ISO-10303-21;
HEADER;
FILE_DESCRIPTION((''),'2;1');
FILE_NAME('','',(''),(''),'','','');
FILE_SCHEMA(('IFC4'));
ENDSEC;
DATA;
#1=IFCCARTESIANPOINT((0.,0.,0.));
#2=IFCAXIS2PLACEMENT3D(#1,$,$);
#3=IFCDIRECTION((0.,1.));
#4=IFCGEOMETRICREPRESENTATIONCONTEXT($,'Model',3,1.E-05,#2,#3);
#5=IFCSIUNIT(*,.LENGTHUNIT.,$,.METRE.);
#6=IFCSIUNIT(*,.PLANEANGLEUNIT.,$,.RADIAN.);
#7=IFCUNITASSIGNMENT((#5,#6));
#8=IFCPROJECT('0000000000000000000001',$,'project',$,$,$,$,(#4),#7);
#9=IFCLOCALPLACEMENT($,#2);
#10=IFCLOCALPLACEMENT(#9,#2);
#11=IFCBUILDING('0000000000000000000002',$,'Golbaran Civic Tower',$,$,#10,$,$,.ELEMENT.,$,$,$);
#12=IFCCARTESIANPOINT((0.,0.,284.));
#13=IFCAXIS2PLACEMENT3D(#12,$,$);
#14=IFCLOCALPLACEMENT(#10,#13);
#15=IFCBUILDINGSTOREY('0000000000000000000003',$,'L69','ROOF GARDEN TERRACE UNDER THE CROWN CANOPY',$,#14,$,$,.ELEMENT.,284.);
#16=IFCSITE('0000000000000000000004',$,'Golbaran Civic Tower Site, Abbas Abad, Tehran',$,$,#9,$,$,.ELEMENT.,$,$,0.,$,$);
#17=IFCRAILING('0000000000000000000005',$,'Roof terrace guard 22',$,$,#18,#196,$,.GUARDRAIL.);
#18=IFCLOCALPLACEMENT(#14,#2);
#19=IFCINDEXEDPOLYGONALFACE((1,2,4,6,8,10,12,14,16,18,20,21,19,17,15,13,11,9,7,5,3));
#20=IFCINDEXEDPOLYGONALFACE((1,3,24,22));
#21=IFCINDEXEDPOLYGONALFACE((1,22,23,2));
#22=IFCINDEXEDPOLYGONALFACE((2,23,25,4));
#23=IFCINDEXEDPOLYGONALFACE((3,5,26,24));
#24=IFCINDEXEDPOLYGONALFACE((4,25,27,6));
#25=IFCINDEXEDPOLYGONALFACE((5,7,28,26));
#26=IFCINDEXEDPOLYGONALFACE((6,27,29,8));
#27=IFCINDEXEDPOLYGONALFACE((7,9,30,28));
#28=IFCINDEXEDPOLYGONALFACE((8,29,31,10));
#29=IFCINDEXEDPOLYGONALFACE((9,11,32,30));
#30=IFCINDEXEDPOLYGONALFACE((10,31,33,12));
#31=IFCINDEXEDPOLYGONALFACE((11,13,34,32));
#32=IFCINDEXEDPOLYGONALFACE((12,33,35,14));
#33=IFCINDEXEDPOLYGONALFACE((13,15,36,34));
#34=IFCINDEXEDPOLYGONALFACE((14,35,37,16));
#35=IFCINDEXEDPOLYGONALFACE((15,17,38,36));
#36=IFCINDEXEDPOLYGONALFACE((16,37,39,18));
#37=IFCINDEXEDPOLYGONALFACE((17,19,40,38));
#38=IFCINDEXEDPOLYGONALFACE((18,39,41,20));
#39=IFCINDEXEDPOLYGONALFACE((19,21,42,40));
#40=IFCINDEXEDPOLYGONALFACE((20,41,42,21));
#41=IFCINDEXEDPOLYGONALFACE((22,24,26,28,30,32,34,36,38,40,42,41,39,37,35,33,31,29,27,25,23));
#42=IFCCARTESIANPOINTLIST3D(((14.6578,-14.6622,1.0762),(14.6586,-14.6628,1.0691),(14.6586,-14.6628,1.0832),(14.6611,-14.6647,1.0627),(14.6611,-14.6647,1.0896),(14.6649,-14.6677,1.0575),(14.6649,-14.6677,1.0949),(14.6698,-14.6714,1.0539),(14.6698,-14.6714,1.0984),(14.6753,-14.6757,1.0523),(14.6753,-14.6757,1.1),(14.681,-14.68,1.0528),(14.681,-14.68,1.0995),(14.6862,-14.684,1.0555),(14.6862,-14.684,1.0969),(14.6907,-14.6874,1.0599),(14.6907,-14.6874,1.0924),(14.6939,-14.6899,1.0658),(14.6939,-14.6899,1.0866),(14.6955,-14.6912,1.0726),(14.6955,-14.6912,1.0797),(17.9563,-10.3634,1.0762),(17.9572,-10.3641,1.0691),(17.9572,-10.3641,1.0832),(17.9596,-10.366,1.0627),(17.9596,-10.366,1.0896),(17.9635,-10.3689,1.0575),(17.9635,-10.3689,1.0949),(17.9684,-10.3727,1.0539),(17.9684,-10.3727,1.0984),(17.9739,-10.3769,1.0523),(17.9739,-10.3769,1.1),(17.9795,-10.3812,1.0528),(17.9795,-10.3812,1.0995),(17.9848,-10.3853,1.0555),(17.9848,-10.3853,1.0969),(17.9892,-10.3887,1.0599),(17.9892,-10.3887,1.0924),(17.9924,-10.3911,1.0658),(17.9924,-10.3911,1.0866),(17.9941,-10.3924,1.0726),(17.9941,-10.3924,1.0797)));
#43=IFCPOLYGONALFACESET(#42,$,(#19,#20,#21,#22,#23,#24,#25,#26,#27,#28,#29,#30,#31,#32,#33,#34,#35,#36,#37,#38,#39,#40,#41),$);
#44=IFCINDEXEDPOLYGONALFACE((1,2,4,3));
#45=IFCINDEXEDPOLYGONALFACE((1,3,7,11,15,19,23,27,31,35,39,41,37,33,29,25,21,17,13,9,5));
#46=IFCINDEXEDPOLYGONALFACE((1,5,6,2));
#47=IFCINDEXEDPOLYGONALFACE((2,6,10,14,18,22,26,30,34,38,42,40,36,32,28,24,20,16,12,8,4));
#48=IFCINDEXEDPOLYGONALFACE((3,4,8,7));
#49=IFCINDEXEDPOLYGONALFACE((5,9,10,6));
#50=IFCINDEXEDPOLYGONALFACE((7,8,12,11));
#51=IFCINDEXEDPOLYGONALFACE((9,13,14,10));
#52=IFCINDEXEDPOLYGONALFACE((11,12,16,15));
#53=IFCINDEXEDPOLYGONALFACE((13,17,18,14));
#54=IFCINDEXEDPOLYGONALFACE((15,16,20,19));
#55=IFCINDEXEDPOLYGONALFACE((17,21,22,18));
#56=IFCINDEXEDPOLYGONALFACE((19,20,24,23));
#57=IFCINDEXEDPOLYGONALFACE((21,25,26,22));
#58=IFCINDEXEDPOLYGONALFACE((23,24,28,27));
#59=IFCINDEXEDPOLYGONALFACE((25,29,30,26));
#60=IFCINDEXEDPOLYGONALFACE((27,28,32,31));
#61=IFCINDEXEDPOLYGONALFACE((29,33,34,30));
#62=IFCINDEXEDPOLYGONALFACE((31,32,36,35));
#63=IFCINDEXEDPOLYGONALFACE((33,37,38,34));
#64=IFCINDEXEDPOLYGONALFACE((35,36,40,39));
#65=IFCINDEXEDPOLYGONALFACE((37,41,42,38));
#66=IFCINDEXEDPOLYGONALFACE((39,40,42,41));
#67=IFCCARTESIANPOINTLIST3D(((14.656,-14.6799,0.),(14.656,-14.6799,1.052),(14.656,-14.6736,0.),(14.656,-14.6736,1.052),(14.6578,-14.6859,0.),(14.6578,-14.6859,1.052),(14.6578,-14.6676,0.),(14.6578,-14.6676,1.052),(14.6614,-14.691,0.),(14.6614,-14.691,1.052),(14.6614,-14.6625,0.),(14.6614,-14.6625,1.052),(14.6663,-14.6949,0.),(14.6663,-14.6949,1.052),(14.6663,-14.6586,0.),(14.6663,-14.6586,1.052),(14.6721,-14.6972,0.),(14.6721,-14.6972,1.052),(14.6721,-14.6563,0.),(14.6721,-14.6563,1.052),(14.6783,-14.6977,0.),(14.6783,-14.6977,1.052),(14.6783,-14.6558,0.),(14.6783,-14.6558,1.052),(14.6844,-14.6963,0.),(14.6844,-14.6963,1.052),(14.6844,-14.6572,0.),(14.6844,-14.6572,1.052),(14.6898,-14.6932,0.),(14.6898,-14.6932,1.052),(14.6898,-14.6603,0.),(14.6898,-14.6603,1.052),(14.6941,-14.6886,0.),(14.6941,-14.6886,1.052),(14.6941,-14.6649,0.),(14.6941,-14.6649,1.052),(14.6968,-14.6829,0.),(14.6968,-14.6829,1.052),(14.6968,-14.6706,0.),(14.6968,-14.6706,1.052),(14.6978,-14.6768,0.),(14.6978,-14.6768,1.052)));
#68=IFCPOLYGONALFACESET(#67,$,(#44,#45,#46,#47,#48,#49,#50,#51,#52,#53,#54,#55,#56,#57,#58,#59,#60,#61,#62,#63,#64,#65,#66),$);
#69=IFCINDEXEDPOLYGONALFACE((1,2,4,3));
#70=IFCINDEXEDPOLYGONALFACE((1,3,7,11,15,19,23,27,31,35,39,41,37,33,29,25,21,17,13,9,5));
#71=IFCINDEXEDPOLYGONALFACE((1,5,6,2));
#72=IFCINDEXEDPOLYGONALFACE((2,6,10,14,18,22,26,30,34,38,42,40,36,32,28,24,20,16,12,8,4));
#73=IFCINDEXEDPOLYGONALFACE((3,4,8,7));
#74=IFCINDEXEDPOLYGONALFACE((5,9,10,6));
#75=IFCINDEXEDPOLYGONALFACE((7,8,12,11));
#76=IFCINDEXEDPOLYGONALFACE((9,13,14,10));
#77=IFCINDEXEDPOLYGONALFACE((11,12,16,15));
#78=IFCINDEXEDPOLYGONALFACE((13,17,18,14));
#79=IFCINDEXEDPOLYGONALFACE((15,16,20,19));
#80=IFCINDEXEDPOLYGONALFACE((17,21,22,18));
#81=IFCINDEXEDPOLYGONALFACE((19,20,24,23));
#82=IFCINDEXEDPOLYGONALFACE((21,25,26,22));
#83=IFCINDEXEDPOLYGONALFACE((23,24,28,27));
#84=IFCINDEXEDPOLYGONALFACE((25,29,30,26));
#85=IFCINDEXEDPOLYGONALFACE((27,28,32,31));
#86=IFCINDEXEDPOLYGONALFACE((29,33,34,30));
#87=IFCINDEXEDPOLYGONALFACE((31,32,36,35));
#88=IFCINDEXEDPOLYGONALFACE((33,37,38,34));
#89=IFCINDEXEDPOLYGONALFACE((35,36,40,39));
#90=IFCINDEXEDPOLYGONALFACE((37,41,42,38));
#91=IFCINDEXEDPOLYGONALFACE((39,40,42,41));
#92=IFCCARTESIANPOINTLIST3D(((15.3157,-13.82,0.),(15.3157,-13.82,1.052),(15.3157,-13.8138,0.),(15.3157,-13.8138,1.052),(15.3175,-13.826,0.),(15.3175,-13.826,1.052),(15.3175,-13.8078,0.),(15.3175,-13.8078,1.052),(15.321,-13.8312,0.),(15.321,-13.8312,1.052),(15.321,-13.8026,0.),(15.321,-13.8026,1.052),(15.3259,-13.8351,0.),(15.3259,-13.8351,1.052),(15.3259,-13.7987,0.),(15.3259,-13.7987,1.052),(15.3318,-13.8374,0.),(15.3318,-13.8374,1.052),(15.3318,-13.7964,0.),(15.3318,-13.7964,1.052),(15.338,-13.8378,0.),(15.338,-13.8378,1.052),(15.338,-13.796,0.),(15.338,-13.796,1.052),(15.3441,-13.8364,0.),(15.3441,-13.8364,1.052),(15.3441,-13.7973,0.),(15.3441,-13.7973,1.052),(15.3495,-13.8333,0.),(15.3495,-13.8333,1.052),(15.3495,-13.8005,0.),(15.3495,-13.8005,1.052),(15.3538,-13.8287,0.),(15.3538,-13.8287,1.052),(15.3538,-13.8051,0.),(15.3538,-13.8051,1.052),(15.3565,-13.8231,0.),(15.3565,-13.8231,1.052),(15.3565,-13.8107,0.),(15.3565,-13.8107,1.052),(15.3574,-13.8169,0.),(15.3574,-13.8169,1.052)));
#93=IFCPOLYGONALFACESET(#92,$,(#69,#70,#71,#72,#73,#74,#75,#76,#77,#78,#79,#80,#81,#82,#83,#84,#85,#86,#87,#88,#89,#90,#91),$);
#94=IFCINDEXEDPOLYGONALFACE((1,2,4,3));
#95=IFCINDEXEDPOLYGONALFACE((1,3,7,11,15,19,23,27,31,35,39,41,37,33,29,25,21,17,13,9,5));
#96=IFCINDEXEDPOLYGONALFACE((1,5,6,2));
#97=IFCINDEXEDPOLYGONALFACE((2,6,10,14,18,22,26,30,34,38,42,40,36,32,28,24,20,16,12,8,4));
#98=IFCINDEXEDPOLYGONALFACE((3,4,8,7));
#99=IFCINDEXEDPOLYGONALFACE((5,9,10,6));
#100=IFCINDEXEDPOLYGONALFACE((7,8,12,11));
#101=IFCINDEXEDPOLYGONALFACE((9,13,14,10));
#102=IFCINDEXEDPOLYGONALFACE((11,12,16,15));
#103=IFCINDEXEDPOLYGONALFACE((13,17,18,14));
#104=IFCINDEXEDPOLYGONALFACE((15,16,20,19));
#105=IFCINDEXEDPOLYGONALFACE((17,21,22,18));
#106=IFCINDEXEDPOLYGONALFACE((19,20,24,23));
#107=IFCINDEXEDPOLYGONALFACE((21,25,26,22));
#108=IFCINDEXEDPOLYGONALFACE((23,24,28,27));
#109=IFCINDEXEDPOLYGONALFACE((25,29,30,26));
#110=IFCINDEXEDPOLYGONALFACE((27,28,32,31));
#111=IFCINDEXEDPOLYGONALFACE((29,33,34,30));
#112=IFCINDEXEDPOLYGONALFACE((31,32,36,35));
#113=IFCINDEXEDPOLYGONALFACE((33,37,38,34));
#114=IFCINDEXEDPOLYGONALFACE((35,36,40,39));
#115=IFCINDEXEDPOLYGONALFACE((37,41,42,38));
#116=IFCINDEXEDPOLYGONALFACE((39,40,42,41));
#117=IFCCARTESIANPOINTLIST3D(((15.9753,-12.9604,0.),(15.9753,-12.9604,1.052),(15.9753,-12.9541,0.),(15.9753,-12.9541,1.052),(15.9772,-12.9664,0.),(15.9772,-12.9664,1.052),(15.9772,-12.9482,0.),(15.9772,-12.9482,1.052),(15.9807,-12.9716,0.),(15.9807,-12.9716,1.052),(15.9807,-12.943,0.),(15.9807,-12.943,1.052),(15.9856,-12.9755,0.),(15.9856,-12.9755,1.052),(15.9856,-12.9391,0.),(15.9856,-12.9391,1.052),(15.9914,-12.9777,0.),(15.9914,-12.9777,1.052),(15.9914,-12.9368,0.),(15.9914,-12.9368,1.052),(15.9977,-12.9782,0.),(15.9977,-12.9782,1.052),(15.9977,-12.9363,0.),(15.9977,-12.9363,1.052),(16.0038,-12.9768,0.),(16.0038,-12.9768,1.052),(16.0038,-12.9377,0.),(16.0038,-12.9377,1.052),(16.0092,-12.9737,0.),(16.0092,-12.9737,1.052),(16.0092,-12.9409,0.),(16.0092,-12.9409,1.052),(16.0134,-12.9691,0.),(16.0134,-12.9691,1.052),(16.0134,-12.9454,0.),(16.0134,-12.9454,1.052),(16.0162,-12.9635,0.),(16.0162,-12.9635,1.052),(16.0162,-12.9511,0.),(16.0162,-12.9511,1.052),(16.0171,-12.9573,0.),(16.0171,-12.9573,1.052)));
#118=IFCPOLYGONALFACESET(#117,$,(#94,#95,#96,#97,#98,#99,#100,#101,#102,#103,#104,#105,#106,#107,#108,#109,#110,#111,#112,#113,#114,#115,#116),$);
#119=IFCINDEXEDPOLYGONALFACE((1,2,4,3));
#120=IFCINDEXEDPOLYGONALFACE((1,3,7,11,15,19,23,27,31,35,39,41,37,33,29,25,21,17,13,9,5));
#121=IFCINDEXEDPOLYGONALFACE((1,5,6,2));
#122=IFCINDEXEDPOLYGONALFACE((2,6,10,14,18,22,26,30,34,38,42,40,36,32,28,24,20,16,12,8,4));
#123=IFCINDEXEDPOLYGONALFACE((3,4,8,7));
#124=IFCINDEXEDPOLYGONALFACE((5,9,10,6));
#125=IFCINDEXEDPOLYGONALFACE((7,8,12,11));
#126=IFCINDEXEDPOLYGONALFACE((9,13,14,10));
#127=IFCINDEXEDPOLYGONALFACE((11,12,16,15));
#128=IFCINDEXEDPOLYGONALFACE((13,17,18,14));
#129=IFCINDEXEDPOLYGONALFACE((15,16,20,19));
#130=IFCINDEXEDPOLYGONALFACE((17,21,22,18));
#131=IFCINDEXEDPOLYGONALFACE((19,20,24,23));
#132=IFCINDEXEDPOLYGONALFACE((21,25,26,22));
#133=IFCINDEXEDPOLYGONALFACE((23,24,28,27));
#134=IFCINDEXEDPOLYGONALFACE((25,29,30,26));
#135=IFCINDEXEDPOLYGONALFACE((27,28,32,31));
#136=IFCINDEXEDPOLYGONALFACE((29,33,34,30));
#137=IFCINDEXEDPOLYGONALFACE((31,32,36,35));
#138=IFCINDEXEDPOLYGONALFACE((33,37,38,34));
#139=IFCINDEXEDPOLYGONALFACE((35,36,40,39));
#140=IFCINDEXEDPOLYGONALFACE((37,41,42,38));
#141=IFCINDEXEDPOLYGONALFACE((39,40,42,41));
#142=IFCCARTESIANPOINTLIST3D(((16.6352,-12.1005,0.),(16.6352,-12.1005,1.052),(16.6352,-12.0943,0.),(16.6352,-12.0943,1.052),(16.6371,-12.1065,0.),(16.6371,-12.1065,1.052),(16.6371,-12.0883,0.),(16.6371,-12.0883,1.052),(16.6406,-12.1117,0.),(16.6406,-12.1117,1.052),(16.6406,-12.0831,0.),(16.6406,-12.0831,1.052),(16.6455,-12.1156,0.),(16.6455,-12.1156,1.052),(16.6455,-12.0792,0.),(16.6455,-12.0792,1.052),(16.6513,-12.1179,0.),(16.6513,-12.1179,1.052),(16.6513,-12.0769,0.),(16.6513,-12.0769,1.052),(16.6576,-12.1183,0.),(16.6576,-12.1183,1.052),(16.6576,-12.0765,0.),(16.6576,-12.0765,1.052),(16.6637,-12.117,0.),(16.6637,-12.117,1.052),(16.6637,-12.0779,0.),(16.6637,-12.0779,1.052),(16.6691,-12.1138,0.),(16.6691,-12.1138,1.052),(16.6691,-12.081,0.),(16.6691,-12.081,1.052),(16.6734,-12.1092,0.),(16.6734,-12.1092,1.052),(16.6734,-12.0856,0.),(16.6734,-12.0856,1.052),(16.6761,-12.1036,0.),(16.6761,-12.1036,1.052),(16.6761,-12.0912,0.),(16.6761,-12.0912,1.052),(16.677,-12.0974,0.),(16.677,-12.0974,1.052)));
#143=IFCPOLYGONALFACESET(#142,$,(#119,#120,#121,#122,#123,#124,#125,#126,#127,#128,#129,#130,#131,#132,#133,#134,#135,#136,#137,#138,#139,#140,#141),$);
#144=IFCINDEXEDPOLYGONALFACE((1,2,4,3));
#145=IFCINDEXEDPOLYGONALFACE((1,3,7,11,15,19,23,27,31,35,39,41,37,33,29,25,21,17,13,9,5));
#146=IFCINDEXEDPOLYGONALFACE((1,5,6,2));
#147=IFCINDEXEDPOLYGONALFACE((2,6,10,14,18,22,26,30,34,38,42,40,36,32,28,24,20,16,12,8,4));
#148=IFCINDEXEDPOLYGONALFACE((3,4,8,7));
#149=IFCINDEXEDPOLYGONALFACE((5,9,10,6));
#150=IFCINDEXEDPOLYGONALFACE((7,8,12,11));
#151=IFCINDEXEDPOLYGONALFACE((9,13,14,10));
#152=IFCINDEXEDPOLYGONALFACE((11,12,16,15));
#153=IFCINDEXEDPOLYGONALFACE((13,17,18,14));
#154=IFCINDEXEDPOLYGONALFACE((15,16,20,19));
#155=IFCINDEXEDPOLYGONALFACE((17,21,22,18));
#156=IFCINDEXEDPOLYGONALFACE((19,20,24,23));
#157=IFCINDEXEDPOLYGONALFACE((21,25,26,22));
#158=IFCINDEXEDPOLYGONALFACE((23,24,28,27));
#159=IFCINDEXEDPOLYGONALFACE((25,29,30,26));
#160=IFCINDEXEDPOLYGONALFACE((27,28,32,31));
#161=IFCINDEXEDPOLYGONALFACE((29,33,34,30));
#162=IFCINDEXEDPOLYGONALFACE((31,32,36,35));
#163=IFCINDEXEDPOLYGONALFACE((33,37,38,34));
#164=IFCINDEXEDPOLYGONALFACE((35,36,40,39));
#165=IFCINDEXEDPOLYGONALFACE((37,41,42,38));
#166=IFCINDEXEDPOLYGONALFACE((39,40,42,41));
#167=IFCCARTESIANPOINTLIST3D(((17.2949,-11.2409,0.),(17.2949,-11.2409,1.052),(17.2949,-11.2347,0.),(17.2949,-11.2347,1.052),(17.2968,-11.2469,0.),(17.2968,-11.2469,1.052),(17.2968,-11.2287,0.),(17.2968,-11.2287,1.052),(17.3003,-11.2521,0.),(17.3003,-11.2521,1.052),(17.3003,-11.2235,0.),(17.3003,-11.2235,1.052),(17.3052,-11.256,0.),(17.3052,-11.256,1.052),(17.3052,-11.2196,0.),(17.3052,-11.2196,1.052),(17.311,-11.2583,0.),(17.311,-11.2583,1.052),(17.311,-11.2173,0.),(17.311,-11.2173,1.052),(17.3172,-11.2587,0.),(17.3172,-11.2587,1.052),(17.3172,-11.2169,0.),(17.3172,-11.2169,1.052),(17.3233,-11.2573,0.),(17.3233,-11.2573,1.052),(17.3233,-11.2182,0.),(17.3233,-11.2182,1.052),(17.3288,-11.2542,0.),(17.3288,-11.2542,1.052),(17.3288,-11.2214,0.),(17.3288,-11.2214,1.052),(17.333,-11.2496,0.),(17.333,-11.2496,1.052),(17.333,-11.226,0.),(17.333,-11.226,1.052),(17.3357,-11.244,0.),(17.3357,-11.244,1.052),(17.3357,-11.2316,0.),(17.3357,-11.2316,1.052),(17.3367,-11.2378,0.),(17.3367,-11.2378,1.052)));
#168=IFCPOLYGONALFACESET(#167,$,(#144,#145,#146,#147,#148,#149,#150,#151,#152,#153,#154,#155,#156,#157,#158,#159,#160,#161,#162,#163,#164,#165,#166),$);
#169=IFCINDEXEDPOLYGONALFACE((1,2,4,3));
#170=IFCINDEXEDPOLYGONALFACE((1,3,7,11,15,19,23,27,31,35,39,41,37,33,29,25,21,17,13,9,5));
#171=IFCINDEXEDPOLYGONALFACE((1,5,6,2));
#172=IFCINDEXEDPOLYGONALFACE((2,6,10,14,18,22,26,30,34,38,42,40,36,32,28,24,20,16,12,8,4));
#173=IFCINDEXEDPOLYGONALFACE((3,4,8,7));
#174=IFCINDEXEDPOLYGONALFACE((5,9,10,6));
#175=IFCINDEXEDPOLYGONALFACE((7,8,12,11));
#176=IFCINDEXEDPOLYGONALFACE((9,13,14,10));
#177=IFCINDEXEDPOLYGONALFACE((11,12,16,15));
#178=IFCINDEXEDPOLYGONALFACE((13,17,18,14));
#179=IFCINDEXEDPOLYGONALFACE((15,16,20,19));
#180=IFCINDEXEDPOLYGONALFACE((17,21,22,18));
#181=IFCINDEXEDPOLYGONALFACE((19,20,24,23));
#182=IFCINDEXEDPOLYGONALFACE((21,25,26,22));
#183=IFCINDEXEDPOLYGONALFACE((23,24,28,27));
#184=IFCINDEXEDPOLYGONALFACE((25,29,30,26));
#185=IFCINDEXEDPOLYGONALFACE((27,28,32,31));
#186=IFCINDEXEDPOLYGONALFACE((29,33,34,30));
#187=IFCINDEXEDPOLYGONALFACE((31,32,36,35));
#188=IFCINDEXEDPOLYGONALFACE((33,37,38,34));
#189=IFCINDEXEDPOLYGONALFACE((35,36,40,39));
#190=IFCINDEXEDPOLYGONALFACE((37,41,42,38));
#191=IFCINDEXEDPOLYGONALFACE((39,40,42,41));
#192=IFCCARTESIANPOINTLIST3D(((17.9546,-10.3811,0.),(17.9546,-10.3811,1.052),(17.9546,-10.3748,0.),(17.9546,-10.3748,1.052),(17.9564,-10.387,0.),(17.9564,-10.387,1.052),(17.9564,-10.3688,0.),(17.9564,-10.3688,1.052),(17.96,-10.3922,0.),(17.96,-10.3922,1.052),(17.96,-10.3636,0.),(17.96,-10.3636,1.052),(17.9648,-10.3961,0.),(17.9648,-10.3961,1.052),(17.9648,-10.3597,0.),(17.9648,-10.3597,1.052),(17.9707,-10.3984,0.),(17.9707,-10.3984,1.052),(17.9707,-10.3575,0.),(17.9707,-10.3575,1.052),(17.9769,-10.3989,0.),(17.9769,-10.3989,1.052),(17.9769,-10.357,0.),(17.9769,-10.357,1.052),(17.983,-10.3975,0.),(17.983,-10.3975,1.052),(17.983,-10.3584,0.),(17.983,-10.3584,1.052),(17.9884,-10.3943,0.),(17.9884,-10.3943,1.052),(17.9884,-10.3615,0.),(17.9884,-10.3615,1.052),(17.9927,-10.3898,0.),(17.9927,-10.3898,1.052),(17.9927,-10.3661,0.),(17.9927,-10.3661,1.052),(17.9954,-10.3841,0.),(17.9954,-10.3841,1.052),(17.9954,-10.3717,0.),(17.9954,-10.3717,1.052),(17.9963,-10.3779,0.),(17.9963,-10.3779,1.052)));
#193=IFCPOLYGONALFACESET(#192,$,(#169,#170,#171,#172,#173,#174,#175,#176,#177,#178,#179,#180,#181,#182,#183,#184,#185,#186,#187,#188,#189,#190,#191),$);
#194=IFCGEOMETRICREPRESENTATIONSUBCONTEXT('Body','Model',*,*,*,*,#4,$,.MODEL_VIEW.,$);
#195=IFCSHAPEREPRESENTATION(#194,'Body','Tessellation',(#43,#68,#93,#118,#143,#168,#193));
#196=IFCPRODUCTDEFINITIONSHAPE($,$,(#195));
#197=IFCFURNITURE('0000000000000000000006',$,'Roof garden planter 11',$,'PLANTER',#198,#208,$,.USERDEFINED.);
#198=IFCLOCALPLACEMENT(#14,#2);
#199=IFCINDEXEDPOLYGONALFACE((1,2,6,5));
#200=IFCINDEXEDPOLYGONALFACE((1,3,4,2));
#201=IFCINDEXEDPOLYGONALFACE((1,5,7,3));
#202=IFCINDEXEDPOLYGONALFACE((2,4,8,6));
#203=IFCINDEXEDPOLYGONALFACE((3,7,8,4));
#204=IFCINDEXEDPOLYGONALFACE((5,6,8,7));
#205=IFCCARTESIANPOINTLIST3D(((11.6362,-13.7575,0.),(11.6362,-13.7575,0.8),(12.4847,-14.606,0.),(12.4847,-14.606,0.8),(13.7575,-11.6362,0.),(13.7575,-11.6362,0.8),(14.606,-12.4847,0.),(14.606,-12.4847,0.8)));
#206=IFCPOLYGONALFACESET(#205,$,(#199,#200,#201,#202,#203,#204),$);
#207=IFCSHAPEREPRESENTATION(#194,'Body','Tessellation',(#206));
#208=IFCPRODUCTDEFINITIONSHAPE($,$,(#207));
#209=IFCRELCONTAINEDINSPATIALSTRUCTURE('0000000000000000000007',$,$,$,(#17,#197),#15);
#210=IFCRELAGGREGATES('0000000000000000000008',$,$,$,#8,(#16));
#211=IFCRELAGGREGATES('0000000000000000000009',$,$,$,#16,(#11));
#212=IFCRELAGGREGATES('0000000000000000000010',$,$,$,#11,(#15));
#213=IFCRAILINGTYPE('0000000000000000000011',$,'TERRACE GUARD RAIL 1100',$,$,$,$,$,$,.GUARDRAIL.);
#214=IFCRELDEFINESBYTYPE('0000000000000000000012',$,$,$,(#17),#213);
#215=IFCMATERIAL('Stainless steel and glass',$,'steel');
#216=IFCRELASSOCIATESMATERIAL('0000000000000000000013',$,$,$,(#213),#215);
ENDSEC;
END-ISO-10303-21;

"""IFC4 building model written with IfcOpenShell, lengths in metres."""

from ifc_helpers import new_model, si_unit, direction, frame, origin, origin_2d, place, context, subcontext, project, spatial, rectangle, circle, extrude, material, type_object, element, save


model = new_model("IFC4")

# Units and contexts
model_context = context("Model", 3, precision=1e-05, world=origin(), true_north=direction((0.0, 1.0)))
body_context = subcontext(model_context, "Body", "Model", "MODEL_VIEW")
ifc_project = project(units=[si_unit("LENGTHUNIT", "METRE"), si_unit("PLANEANGLEUNIT", "RADIAN")], contexts=[model_context])

# Site, building, storey
site_placement = place(None, origin())
site = spatial("IfcSite", under=ifc_project, at=site_placement, Name="Golbaran Civic Tower Site, Abbas Abad, Tehran", CompositionType="ELEMENT", RefElevation=0.0)
building_placement = place(site_placement, origin())
building = spatial("IfcBuilding", under=site, at=building_placement, Name="Golbaran Civic Tower", CompositionType="ELEMENT")
storey_placement = place(building_placement, frame((0.0, 0.0, 284.0)))
storey = spatial("IfcBuildingStorey", under=building, at=storey_placement, Name="L69", Description="ROOF GARDEN TERRACE UNDER THE CROWN CANOPY", CompositionType="ELEMENT", Elevation=284.0)

# Railing
ifc_material_1 = material(Name="Stainless steel and glass", Category="steel")
railing_type = type_object("IfcRailingType", Name="TERRACE GUARD RAIL 1100", PredefinedType="GUARDRAIL", material=ifc_material_1)
railing_1_placement = place(storey_placement, frame((14.6768, -14.6768, 0.0)))
element("IfcRailing", 1, at=railing_1_placement, inside=storey, type_object=railing_type, Name="Roof terrace guard 22", PredefinedType="GUARDRAIL", context=body_context, shape_type="SweptSolid", body=[
    extrude(circle(Radius=0.0239, at=origin_2d()), frame((0.0, 0.0, 1.0762), z_axis=(0.608759, 0.793355, 0.0), x_axis=(-0.793355, 0.608759, 0.0)), (0.0, 0.0, 1.0), 5.4185),
    extrude(circle(Radius=0.021, at=origin_2d()), origin(), (0.0, 0.0, 1.0), 1.052),
    extrude(circle(Radius=0.021, at=origin_2d()), frame((0.6597, 0.8599, 0.0)), (0.0, 0.0, 1.0), 1.052),
    extrude(circle(Radius=0.021, at=origin_2d()), frame((1.3193, 1.7195, 0.0)), (0.0, 0.0, 1.0), 1.052),
    extrude(circle(Radius=0.021, at=origin_2d()), frame((1.9792, 2.5793, 0.0)), (0.0, 0.0, 1.0), 1.052),
    extrude(circle(Radius=0.021, at=origin_2d()), frame((2.6389, 3.439, 0.0)), (0.0, 0.0, 1.0), 1.052),
    extrude(circle(Radius=0.021, at=origin_2d()), frame((3.2986, 4.2988, 0.0)), (0.0, 0.0, 1.0), 1.052),
])

# Furniture
furniture_placement = place(storey_placement, frame((13.1211, -13.1211, 0.0), z_axis=(0.0, 0.0, 1.0), x_axis=(0.707107, 0.707107, 0.0)))
element("IfcFurniture", 2, at=furniture_placement, inside=storey, Name="Roof garden planter 11", ObjectType="PLANTER", PredefinedType="USERDEFINED", context=body_context, shape_type="SweptSolid", body=[
    extrude(rectangle(XDim=3.0, YDim=1.2, at=origin_2d()), origin(), (0.0, 0.0, 1.0), 0.8),
])

save(model, "model.ifc")
